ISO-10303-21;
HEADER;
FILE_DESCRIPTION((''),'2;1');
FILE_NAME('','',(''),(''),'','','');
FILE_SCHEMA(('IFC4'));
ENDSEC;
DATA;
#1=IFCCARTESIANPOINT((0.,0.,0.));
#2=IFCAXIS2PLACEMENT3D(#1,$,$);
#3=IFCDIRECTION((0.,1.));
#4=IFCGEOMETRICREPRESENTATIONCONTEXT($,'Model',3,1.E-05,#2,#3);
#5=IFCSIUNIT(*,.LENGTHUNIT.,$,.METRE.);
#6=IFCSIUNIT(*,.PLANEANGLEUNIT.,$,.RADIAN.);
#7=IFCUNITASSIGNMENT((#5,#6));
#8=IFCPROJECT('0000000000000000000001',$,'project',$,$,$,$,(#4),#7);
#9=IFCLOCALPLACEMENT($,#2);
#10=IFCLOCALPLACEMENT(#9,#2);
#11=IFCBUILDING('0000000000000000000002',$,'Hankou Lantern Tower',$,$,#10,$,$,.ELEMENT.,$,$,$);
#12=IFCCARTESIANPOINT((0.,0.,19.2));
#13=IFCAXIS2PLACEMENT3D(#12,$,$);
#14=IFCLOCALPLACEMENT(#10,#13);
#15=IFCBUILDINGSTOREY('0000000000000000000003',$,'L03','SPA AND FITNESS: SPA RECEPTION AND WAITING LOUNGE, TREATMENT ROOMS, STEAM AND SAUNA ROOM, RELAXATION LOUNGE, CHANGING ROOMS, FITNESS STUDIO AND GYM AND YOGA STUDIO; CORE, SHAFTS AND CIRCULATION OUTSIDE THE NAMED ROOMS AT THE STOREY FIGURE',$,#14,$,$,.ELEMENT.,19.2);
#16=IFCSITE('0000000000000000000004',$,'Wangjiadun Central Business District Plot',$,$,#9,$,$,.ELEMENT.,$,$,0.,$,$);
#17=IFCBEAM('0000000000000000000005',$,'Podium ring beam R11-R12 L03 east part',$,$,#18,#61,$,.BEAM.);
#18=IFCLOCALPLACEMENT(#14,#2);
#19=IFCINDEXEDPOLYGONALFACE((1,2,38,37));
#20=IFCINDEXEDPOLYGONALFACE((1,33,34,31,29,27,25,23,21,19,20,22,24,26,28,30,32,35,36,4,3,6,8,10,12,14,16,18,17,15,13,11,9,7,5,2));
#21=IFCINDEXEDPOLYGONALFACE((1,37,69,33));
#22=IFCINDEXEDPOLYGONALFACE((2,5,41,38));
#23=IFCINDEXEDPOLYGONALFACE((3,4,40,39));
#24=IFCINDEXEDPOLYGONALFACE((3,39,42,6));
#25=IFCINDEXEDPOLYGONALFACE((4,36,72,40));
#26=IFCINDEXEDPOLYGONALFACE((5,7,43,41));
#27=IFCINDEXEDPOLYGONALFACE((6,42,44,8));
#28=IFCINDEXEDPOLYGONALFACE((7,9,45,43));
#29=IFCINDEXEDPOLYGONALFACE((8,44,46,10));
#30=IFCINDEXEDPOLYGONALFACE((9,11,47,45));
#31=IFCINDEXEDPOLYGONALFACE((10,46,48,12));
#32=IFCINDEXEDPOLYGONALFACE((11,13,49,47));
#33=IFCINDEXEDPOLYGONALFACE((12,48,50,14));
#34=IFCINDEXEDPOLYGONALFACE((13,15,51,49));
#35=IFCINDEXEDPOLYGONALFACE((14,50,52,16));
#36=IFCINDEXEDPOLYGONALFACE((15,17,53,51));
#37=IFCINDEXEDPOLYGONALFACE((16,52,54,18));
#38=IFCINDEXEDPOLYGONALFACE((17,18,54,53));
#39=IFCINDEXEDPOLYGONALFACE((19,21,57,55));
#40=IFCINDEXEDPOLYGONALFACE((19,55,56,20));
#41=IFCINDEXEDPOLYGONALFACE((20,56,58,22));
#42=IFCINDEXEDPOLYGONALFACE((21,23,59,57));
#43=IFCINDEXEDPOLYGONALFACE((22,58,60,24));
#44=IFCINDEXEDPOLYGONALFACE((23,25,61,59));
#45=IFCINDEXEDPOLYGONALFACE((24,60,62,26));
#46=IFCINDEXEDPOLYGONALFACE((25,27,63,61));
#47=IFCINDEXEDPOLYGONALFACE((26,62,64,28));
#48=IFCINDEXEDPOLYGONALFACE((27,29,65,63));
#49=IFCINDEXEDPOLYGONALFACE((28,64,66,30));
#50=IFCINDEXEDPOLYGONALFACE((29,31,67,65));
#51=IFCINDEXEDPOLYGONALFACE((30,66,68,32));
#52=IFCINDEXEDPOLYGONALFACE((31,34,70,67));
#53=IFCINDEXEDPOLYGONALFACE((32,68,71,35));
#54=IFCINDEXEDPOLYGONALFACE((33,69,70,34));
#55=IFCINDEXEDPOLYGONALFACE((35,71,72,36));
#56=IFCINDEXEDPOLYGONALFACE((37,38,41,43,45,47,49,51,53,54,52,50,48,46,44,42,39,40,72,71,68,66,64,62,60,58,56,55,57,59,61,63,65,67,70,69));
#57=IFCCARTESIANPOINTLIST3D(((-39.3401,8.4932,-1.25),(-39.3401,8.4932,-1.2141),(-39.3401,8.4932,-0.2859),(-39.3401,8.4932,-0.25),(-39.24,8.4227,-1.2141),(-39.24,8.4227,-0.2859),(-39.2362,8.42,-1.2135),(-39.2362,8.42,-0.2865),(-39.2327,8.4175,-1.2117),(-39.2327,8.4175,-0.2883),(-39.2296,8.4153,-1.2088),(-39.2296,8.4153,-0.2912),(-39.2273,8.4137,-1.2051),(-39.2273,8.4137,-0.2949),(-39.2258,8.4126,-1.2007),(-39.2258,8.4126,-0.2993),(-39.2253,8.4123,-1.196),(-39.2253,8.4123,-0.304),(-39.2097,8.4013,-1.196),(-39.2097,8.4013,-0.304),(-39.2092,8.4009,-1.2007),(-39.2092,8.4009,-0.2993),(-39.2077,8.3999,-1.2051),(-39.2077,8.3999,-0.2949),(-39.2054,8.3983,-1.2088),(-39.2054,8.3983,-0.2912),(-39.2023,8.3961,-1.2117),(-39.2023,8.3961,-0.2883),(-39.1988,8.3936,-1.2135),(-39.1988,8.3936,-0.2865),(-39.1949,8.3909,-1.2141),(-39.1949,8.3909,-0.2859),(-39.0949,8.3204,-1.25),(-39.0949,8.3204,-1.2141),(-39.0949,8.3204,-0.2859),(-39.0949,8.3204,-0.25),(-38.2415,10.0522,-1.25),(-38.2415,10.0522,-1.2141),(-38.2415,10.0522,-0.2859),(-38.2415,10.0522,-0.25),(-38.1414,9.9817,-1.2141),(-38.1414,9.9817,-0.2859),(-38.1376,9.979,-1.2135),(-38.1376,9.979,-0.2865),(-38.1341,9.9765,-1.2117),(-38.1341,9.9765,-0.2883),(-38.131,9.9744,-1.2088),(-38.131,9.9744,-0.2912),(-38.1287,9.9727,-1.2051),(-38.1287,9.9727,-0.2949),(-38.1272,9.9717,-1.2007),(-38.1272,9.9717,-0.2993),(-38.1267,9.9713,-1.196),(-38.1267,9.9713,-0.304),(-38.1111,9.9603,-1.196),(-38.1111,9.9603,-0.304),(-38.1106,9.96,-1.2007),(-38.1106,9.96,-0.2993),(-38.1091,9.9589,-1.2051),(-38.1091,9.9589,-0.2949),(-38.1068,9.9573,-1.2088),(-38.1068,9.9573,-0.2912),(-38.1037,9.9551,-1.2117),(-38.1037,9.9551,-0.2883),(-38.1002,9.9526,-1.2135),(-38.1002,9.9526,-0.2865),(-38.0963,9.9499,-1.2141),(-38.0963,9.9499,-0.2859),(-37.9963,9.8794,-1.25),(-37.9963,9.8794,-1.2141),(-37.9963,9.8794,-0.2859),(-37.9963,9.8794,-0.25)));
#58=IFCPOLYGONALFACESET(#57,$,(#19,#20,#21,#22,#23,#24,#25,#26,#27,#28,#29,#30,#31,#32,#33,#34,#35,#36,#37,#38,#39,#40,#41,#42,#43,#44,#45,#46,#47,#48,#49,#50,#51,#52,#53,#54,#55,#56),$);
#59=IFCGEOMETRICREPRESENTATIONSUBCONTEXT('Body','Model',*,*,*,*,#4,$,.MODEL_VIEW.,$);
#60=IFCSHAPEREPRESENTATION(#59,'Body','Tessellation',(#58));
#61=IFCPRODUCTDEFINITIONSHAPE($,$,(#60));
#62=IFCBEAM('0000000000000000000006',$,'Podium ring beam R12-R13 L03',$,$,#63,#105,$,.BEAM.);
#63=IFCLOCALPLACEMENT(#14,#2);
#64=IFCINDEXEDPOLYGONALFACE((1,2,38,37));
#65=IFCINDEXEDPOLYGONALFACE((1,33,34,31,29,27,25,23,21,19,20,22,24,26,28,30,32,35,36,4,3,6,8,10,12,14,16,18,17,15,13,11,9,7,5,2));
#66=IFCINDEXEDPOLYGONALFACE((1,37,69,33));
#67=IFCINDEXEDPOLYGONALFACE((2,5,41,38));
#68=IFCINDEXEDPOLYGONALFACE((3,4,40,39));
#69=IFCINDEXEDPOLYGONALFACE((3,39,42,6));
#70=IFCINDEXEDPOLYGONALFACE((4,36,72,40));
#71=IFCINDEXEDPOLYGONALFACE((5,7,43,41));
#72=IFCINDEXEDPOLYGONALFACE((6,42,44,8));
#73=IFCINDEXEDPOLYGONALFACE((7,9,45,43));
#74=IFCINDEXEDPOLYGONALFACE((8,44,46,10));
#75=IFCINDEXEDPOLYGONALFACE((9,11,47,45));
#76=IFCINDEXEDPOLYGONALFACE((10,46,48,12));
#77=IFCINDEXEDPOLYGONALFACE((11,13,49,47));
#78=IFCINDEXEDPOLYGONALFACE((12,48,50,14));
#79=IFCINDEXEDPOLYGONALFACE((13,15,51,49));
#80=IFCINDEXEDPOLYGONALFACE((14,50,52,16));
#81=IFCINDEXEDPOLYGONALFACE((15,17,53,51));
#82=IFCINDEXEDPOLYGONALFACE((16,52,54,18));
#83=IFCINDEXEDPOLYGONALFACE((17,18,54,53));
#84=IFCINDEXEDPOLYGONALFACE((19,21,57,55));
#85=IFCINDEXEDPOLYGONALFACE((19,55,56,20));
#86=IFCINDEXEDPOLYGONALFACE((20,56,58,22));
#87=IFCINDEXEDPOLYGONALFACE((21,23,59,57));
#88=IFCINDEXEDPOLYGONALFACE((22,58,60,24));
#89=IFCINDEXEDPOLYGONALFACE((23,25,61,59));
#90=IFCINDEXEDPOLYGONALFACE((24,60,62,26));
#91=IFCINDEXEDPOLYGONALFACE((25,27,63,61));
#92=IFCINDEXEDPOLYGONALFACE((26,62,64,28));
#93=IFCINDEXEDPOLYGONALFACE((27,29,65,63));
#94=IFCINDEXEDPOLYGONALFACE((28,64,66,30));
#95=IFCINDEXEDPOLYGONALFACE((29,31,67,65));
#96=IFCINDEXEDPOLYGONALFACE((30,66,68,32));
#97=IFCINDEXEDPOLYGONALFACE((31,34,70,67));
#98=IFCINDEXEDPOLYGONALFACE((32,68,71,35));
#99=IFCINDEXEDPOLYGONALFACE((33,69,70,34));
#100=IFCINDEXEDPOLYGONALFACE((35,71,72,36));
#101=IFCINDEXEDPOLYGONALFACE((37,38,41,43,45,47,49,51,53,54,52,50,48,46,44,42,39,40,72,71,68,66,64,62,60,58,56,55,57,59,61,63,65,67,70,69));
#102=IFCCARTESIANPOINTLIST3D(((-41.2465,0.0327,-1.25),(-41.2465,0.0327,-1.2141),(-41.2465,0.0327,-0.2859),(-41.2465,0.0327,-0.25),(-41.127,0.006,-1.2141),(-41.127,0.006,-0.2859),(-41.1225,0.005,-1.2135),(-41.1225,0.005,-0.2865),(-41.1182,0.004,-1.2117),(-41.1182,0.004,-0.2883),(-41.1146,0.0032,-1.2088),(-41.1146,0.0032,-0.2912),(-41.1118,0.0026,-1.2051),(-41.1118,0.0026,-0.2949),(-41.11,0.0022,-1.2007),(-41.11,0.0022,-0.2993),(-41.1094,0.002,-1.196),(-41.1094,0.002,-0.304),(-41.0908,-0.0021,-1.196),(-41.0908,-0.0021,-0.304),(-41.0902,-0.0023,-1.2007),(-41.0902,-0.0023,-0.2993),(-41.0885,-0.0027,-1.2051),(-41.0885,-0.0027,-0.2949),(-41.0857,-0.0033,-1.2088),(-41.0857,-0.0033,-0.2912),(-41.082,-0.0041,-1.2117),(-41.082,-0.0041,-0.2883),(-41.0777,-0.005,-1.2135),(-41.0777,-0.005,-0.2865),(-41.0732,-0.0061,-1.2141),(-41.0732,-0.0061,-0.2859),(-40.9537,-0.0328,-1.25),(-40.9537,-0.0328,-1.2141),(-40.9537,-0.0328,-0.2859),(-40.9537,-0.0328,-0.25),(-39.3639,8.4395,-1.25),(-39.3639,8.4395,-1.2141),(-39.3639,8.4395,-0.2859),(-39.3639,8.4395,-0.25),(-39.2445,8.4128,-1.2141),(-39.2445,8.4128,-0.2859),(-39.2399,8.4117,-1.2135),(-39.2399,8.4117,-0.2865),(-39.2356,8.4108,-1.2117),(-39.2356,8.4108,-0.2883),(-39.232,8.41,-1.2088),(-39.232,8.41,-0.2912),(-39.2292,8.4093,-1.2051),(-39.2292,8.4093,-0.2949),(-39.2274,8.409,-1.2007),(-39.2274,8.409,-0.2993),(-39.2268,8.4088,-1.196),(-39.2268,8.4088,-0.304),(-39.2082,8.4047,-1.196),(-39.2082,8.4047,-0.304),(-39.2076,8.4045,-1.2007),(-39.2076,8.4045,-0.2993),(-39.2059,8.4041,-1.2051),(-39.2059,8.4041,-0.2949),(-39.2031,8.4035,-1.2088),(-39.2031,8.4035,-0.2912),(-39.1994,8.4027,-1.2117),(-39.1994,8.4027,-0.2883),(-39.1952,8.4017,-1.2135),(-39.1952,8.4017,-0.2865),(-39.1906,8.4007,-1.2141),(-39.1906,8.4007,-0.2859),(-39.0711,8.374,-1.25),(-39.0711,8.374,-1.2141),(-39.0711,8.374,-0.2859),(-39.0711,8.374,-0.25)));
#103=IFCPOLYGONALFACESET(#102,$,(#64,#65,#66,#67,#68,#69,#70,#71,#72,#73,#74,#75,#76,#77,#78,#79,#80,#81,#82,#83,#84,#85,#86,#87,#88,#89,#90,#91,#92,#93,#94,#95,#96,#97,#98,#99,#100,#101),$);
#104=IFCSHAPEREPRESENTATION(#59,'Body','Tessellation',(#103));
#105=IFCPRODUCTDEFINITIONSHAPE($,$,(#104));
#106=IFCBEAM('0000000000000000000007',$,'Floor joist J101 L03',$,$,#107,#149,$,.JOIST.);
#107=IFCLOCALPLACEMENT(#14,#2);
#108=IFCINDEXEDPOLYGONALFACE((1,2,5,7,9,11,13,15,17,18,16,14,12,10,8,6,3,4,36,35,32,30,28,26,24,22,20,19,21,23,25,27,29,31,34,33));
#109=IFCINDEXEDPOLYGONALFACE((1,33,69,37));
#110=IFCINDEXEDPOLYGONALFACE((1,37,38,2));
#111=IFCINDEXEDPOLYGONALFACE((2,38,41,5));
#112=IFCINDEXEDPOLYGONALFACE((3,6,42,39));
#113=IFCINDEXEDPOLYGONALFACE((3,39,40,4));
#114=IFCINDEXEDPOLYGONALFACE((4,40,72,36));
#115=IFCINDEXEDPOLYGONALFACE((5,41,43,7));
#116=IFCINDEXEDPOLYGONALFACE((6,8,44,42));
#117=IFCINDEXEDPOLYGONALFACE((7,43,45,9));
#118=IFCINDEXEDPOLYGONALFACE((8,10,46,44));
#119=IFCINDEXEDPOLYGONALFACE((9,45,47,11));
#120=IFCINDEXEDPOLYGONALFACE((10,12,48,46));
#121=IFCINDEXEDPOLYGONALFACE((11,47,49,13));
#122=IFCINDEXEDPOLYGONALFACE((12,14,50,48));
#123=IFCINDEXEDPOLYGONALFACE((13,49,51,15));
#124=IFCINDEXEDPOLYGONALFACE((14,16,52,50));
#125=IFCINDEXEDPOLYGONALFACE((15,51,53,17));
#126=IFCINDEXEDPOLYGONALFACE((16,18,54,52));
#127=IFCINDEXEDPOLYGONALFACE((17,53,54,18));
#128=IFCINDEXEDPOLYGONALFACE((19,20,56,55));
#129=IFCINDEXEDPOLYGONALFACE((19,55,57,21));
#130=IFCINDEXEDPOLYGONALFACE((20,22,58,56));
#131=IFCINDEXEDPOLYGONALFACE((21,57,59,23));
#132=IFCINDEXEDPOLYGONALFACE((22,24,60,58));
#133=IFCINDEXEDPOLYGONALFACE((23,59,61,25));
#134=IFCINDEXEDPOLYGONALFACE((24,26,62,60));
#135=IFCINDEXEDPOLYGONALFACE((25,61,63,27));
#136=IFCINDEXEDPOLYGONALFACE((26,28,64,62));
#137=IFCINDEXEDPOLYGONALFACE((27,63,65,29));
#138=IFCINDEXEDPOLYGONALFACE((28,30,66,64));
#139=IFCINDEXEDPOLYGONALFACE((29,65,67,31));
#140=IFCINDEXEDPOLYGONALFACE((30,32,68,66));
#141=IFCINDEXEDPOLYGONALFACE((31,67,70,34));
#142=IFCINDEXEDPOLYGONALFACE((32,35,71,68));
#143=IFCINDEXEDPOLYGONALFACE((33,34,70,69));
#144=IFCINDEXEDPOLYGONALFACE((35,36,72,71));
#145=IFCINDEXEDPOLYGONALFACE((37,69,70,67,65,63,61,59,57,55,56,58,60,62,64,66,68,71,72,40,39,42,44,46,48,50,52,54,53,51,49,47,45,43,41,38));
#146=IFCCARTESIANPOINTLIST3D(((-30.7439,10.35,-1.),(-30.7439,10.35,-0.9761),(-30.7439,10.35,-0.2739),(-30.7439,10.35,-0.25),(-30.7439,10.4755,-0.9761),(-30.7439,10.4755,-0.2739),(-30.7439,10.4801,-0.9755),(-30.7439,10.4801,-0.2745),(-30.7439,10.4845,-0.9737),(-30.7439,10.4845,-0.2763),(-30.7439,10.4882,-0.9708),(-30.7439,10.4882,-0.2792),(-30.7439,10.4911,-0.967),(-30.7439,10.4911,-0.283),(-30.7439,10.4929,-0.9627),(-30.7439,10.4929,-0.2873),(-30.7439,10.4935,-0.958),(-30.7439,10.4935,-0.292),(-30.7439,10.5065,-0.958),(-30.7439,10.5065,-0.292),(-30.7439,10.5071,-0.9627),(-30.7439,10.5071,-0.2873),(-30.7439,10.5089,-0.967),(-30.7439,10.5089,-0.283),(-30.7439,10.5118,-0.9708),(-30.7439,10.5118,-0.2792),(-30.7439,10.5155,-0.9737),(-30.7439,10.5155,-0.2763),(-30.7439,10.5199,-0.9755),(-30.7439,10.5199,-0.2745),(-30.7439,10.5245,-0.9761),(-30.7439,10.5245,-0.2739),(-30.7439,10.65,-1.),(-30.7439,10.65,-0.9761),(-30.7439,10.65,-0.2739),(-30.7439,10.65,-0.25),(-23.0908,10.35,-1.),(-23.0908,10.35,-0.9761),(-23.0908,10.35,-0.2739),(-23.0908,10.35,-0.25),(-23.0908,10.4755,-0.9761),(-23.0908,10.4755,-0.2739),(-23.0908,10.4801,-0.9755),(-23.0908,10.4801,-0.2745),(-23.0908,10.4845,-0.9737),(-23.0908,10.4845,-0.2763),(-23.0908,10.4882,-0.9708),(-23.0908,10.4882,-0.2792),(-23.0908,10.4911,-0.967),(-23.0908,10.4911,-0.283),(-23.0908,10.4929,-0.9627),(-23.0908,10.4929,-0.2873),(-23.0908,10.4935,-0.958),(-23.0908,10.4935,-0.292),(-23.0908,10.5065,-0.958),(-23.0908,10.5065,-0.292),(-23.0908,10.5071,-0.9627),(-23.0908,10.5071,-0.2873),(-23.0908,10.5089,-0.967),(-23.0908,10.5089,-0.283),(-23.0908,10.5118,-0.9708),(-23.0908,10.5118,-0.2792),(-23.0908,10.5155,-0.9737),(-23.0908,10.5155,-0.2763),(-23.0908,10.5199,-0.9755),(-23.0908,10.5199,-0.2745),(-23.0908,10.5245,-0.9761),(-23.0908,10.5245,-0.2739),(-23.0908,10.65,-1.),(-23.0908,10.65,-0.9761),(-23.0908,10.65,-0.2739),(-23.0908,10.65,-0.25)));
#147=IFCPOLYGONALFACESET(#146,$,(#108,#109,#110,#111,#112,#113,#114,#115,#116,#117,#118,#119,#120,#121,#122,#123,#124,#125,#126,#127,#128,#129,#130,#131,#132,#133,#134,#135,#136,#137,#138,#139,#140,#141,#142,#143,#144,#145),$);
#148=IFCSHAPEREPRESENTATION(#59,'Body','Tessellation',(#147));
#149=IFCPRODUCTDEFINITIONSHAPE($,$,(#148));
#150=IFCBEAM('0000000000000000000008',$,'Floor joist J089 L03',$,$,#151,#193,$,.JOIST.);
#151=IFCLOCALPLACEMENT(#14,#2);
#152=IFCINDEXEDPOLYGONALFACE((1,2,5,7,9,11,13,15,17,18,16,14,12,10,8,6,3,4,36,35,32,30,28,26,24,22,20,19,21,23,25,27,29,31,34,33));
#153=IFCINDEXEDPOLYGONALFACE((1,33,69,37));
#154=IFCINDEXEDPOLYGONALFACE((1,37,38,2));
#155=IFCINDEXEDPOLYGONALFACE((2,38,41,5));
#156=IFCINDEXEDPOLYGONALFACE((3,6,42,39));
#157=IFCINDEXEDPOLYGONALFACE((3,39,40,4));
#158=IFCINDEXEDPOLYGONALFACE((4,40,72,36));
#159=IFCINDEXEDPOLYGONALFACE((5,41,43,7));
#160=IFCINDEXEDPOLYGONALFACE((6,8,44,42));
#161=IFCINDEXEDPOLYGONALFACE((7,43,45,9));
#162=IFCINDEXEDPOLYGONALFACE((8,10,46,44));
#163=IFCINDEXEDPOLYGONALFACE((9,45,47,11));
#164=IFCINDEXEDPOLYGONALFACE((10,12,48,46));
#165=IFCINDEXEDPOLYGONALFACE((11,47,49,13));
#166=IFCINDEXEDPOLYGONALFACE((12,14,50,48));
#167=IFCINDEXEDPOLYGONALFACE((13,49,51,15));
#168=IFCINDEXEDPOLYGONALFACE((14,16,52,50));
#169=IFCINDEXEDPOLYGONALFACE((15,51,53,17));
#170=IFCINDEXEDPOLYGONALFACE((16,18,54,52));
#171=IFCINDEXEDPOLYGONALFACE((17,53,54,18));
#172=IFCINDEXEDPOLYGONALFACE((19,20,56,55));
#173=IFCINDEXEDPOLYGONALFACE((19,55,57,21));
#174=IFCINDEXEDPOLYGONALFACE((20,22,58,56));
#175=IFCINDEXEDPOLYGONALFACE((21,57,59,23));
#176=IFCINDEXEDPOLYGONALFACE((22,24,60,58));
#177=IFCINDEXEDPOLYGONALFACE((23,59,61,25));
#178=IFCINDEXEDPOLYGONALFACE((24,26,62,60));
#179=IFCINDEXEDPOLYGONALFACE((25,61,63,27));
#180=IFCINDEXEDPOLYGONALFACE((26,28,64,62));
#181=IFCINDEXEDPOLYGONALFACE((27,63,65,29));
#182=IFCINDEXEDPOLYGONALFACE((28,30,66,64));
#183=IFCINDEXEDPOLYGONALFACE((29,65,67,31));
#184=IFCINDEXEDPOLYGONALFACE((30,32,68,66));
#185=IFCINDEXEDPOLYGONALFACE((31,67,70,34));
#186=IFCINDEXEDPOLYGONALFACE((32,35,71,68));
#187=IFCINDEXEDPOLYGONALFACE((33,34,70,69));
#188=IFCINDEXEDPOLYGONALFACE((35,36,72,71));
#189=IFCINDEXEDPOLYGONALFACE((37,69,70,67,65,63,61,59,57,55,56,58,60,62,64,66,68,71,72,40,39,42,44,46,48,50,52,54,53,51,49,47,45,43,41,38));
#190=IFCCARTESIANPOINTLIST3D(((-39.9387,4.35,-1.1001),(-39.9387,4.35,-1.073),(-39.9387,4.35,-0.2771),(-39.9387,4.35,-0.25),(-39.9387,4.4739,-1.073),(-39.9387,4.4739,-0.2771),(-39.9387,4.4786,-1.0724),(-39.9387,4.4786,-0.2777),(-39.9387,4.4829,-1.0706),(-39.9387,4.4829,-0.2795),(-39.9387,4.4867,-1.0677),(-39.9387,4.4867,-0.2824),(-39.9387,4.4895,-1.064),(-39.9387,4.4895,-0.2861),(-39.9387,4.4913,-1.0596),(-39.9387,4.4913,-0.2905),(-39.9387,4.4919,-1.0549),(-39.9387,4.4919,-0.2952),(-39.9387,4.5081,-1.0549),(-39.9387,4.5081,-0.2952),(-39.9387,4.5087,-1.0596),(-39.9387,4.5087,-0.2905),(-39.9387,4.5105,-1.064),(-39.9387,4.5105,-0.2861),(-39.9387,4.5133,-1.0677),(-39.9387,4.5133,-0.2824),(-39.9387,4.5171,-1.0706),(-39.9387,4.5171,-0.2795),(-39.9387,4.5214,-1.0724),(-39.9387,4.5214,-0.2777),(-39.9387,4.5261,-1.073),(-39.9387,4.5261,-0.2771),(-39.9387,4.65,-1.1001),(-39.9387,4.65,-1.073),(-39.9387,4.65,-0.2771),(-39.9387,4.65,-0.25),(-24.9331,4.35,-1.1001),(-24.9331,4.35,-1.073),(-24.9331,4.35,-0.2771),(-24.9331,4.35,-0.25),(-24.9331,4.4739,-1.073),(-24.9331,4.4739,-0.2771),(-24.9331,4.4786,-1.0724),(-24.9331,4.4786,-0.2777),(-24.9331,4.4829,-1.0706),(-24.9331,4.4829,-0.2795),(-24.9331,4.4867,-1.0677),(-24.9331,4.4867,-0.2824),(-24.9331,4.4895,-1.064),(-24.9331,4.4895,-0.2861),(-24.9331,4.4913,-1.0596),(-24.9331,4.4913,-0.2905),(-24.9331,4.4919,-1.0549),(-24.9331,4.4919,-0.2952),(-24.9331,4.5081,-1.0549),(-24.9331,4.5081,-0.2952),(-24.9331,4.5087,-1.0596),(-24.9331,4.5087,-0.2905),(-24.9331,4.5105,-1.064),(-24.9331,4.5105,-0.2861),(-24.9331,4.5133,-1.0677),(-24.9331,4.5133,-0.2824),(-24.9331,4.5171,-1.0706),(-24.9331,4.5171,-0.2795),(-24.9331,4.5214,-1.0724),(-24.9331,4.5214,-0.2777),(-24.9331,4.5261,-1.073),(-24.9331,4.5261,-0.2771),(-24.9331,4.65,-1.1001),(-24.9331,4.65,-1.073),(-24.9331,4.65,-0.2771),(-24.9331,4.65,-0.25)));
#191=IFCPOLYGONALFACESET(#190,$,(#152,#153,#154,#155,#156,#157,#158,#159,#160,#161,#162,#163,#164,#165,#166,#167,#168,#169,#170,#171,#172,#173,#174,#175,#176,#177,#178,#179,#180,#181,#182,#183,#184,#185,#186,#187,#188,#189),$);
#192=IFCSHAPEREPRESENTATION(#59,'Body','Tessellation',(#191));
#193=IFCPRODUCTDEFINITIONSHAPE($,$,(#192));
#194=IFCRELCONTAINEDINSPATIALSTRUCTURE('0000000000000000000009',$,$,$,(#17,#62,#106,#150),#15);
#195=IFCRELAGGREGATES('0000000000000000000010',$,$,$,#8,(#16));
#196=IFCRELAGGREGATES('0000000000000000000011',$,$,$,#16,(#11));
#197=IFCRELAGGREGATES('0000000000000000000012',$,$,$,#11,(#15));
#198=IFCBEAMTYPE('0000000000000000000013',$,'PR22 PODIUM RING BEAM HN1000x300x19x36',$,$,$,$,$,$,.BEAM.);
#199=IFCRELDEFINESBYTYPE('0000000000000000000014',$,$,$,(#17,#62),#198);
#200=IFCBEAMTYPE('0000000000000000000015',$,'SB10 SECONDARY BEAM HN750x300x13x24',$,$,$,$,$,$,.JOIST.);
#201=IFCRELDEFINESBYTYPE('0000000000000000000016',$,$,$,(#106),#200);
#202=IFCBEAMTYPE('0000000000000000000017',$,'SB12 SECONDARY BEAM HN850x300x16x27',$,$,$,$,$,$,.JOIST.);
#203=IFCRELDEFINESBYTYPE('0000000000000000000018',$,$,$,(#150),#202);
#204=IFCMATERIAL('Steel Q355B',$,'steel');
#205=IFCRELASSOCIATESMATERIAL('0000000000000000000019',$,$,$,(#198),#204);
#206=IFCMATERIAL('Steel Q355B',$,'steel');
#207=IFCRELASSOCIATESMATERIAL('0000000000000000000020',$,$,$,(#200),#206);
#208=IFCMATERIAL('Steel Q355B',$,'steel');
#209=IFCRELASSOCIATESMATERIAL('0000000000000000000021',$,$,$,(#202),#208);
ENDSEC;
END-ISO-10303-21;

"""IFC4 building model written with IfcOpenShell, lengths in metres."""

from ifc_helpers import new_model, si_unit, direction, frame, origin, origin_2d, place, context, subcontext, project, spatial, i_section, extrude, material, material_profile, profile_set, type_object, element, save


model = new_model("IFC4")

# Units and contexts
model_context = context("Model", 3, precision=1e-05, world=origin(), true_north=direction((0.0, 1.0)))
body_context = subcontext(model_context, "Body", "Model", "MODEL_VIEW")
ifc_project = project(units=[si_unit("LENGTHUNIT", "METRE"), si_unit("PLANEANGLEUNIT", "RADIAN")], contexts=[model_context])

# Site, building, storey
site_placement = place(None, origin())
site = spatial("IfcSite", under=ifc_project, at=site_placement, Name="Wangjiadun Central Business District Plot", CompositionType="ELEMENT", RefElevation=0.0)
building_placement = place(site_placement, origin())
building = spatial("IfcBuilding", under=site, at=building_placement, Name="Hankou Lantern Tower", CompositionType="ELEMENT")
storey_placement = place(building_placement, frame((0.0, 0.0, 19.2)))
storey = spatial("IfcBuildingStorey", under=building, at=storey_placement, Name="L03", Description="SPA AND FITNESS: SPA RECEPTION AND WAITING LOUNGE, TREATMENT ROOMS, STEAM AND SAUNA ROOM, RELAXATION LOUNGE, CHANGING ROOMS, FITNESS STUDIO AND GYM AND YOGA STUDIO; CORE, SHAFTS AND CIRCULATION OUTSIDE THE NAMED ROOMS AT THE STOREY FIGURE", CompositionType="ELEMENT", Elevation=19.2)

# Beams
ifc_material_1 = material(Name="Steel Q355B", Category="steel")
ifc_material_profile_1 = material_profile(ifc_material_1, i_section(OverallWidth=0.3, OverallDepth=1.0, WebThickness=0.019, FlangeThickness=0.0359, FilletRadius=0.0181, at=origin_2d()), Name="HN1000x300x19x36")
ifc_profile_set_1 = profile_set([ifc_material_profile_1], Name="Steel Q355B")
beam_type_1 = type_object("IfcBeamType", Name="PR22 PODIUM RING BEAM HN1000x300x19x36", PredefinedType="BEAM", material=ifc_profile_set_1)
beam_1_placement = place(storey_placement, frame((-38.1189, 9.9658, -0.75), z_axis=(-0.57602, -0.817436, 0.0), x_axis=(0.817436, -0.57602, 0.0)))
element("IfcBeam", 1, at=beam_1_placement, inside=storey, type_object=beam_type_1, Name="Podium ring beam R11-R12 L03 east part", PredefinedType="BEAM", context=body_context, shape_type="SweptSolid", body=[
    extrude(i_section(OverallWidth=0.3, OverallDepth=1.0, WebThickness=0.019, FlangeThickness=0.0359, FilletRadius=0.0181, at=origin_2d()), origin(), (0.0, 0.0, 1.0), 1.9072),
])
beam_2_placement = place(storey_placement, frame((-39.2175, 8.4067, -0.75), z_axis=(-0.218523, -0.975832, 0.0), x_axis=(0.975832, -0.218523, 0.0)))
element("IfcBeam", 2, at=beam_2_placement, inside=storey, type_object=beam_type_1, Name="Podium ring beam R12-R13 L03", PredefinedType="BEAM", context=body_context, shape_type="SweptSolid", body=[
    extrude(i_section(OverallWidth=0.3, OverallDepth=1.0, WebThickness=0.019, FlangeThickness=0.0359, FilletRadius=0.0181, at=origin_2d()), origin(), (0.0, 0.0, 1.0), 8.615),
])
ifc_material_2 = material(Name="Steel Q355B", Category="steel")
ifc_material_profile_2 = material_profile(ifc_material_2, i_section(OverallWidth=0.3, OverallDepth=0.75, WebThickness=0.0129, FlangeThickness=0.0239, FilletRadius=0.0181, at=origin_2d()), Name="HN750x300x13x24")
ifc_profile_set_2 = profile_set([ifc_material_profile_2], Name="Steel Q355B")
beam_type_2 = type_object("IfcBeamType", Name="SB10 SECONDARY BEAM HN750x300x13x24", PredefinedType="JOIST", material=ifc_profile_set_2)
beam_3_placement = place(storey_placement, frame((-30.7439, 10.5, -0.625), z_axis=(1.0, 0.0, 0.0), x_axis=(0.0, 1.0, 0.0)))
element("IfcBeam", 3, at=beam_3_placement, inside=storey, type_object=beam_type_2, Name="Floor joist J101 L03", PredefinedType="JOIST", context=body_context, shape_type="SweptSolid", body=[
    extrude(i_section(OverallWidth=0.3, OverallDepth=0.75, WebThickness=0.0129, FlangeThickness=0.0239, FilletRadius=0.0181, at=origin_2d()), origin(), (0.0, 0.0, 1.0), 7.6531),
])
ifc_material_3 = material(Name="Steel Q355B", Category="steel")
ifc_material_profile_3 = material_profile(ifc_material_3, i_section(OverallWidth=0.3, OverallDepth=0.8501, WebThickness=0.0161, FlangeThickness=0.0271, FilletRadius=0.0181, at=origin_2d()), Name="HN850x300x16x27")
ifc_profile_set_3 = profile_set([ifc_material_profile_3], Name="Steel Q355B")
beam_type_3 = type_object("IfcBeamType", Name="SB12 SECONDARY BEAM HN850x300x16x27", PredefinedType="JOIST", material=ifc_profile_set_3)
beam_4_placement = place(storey_placement, frame((-39.9387, 4.5, -0.675), z_axis=(1.0, 0.0, 0.0), x_axis=(0.0, 1.0, 0.0)))
element("IfcBeam", 4, at=beam_4_placement, inside=storey, type_object=beam_type_3, Name="Floor joist J089 L03", PredefinedType="JOIST", context=body_context, shape_type="SweptSolid", body=[
    extrude(i_section(OverallWidth=0.3, OverallDepth=0.8501, WebThickness=0.0161, FlangeThickness=0.0271, FilletRadius=0.0181, at=origin_2d()), origin(), (0.0, 0.0, 1.0), 15.0056),
])

save(model, "model.ifc")
